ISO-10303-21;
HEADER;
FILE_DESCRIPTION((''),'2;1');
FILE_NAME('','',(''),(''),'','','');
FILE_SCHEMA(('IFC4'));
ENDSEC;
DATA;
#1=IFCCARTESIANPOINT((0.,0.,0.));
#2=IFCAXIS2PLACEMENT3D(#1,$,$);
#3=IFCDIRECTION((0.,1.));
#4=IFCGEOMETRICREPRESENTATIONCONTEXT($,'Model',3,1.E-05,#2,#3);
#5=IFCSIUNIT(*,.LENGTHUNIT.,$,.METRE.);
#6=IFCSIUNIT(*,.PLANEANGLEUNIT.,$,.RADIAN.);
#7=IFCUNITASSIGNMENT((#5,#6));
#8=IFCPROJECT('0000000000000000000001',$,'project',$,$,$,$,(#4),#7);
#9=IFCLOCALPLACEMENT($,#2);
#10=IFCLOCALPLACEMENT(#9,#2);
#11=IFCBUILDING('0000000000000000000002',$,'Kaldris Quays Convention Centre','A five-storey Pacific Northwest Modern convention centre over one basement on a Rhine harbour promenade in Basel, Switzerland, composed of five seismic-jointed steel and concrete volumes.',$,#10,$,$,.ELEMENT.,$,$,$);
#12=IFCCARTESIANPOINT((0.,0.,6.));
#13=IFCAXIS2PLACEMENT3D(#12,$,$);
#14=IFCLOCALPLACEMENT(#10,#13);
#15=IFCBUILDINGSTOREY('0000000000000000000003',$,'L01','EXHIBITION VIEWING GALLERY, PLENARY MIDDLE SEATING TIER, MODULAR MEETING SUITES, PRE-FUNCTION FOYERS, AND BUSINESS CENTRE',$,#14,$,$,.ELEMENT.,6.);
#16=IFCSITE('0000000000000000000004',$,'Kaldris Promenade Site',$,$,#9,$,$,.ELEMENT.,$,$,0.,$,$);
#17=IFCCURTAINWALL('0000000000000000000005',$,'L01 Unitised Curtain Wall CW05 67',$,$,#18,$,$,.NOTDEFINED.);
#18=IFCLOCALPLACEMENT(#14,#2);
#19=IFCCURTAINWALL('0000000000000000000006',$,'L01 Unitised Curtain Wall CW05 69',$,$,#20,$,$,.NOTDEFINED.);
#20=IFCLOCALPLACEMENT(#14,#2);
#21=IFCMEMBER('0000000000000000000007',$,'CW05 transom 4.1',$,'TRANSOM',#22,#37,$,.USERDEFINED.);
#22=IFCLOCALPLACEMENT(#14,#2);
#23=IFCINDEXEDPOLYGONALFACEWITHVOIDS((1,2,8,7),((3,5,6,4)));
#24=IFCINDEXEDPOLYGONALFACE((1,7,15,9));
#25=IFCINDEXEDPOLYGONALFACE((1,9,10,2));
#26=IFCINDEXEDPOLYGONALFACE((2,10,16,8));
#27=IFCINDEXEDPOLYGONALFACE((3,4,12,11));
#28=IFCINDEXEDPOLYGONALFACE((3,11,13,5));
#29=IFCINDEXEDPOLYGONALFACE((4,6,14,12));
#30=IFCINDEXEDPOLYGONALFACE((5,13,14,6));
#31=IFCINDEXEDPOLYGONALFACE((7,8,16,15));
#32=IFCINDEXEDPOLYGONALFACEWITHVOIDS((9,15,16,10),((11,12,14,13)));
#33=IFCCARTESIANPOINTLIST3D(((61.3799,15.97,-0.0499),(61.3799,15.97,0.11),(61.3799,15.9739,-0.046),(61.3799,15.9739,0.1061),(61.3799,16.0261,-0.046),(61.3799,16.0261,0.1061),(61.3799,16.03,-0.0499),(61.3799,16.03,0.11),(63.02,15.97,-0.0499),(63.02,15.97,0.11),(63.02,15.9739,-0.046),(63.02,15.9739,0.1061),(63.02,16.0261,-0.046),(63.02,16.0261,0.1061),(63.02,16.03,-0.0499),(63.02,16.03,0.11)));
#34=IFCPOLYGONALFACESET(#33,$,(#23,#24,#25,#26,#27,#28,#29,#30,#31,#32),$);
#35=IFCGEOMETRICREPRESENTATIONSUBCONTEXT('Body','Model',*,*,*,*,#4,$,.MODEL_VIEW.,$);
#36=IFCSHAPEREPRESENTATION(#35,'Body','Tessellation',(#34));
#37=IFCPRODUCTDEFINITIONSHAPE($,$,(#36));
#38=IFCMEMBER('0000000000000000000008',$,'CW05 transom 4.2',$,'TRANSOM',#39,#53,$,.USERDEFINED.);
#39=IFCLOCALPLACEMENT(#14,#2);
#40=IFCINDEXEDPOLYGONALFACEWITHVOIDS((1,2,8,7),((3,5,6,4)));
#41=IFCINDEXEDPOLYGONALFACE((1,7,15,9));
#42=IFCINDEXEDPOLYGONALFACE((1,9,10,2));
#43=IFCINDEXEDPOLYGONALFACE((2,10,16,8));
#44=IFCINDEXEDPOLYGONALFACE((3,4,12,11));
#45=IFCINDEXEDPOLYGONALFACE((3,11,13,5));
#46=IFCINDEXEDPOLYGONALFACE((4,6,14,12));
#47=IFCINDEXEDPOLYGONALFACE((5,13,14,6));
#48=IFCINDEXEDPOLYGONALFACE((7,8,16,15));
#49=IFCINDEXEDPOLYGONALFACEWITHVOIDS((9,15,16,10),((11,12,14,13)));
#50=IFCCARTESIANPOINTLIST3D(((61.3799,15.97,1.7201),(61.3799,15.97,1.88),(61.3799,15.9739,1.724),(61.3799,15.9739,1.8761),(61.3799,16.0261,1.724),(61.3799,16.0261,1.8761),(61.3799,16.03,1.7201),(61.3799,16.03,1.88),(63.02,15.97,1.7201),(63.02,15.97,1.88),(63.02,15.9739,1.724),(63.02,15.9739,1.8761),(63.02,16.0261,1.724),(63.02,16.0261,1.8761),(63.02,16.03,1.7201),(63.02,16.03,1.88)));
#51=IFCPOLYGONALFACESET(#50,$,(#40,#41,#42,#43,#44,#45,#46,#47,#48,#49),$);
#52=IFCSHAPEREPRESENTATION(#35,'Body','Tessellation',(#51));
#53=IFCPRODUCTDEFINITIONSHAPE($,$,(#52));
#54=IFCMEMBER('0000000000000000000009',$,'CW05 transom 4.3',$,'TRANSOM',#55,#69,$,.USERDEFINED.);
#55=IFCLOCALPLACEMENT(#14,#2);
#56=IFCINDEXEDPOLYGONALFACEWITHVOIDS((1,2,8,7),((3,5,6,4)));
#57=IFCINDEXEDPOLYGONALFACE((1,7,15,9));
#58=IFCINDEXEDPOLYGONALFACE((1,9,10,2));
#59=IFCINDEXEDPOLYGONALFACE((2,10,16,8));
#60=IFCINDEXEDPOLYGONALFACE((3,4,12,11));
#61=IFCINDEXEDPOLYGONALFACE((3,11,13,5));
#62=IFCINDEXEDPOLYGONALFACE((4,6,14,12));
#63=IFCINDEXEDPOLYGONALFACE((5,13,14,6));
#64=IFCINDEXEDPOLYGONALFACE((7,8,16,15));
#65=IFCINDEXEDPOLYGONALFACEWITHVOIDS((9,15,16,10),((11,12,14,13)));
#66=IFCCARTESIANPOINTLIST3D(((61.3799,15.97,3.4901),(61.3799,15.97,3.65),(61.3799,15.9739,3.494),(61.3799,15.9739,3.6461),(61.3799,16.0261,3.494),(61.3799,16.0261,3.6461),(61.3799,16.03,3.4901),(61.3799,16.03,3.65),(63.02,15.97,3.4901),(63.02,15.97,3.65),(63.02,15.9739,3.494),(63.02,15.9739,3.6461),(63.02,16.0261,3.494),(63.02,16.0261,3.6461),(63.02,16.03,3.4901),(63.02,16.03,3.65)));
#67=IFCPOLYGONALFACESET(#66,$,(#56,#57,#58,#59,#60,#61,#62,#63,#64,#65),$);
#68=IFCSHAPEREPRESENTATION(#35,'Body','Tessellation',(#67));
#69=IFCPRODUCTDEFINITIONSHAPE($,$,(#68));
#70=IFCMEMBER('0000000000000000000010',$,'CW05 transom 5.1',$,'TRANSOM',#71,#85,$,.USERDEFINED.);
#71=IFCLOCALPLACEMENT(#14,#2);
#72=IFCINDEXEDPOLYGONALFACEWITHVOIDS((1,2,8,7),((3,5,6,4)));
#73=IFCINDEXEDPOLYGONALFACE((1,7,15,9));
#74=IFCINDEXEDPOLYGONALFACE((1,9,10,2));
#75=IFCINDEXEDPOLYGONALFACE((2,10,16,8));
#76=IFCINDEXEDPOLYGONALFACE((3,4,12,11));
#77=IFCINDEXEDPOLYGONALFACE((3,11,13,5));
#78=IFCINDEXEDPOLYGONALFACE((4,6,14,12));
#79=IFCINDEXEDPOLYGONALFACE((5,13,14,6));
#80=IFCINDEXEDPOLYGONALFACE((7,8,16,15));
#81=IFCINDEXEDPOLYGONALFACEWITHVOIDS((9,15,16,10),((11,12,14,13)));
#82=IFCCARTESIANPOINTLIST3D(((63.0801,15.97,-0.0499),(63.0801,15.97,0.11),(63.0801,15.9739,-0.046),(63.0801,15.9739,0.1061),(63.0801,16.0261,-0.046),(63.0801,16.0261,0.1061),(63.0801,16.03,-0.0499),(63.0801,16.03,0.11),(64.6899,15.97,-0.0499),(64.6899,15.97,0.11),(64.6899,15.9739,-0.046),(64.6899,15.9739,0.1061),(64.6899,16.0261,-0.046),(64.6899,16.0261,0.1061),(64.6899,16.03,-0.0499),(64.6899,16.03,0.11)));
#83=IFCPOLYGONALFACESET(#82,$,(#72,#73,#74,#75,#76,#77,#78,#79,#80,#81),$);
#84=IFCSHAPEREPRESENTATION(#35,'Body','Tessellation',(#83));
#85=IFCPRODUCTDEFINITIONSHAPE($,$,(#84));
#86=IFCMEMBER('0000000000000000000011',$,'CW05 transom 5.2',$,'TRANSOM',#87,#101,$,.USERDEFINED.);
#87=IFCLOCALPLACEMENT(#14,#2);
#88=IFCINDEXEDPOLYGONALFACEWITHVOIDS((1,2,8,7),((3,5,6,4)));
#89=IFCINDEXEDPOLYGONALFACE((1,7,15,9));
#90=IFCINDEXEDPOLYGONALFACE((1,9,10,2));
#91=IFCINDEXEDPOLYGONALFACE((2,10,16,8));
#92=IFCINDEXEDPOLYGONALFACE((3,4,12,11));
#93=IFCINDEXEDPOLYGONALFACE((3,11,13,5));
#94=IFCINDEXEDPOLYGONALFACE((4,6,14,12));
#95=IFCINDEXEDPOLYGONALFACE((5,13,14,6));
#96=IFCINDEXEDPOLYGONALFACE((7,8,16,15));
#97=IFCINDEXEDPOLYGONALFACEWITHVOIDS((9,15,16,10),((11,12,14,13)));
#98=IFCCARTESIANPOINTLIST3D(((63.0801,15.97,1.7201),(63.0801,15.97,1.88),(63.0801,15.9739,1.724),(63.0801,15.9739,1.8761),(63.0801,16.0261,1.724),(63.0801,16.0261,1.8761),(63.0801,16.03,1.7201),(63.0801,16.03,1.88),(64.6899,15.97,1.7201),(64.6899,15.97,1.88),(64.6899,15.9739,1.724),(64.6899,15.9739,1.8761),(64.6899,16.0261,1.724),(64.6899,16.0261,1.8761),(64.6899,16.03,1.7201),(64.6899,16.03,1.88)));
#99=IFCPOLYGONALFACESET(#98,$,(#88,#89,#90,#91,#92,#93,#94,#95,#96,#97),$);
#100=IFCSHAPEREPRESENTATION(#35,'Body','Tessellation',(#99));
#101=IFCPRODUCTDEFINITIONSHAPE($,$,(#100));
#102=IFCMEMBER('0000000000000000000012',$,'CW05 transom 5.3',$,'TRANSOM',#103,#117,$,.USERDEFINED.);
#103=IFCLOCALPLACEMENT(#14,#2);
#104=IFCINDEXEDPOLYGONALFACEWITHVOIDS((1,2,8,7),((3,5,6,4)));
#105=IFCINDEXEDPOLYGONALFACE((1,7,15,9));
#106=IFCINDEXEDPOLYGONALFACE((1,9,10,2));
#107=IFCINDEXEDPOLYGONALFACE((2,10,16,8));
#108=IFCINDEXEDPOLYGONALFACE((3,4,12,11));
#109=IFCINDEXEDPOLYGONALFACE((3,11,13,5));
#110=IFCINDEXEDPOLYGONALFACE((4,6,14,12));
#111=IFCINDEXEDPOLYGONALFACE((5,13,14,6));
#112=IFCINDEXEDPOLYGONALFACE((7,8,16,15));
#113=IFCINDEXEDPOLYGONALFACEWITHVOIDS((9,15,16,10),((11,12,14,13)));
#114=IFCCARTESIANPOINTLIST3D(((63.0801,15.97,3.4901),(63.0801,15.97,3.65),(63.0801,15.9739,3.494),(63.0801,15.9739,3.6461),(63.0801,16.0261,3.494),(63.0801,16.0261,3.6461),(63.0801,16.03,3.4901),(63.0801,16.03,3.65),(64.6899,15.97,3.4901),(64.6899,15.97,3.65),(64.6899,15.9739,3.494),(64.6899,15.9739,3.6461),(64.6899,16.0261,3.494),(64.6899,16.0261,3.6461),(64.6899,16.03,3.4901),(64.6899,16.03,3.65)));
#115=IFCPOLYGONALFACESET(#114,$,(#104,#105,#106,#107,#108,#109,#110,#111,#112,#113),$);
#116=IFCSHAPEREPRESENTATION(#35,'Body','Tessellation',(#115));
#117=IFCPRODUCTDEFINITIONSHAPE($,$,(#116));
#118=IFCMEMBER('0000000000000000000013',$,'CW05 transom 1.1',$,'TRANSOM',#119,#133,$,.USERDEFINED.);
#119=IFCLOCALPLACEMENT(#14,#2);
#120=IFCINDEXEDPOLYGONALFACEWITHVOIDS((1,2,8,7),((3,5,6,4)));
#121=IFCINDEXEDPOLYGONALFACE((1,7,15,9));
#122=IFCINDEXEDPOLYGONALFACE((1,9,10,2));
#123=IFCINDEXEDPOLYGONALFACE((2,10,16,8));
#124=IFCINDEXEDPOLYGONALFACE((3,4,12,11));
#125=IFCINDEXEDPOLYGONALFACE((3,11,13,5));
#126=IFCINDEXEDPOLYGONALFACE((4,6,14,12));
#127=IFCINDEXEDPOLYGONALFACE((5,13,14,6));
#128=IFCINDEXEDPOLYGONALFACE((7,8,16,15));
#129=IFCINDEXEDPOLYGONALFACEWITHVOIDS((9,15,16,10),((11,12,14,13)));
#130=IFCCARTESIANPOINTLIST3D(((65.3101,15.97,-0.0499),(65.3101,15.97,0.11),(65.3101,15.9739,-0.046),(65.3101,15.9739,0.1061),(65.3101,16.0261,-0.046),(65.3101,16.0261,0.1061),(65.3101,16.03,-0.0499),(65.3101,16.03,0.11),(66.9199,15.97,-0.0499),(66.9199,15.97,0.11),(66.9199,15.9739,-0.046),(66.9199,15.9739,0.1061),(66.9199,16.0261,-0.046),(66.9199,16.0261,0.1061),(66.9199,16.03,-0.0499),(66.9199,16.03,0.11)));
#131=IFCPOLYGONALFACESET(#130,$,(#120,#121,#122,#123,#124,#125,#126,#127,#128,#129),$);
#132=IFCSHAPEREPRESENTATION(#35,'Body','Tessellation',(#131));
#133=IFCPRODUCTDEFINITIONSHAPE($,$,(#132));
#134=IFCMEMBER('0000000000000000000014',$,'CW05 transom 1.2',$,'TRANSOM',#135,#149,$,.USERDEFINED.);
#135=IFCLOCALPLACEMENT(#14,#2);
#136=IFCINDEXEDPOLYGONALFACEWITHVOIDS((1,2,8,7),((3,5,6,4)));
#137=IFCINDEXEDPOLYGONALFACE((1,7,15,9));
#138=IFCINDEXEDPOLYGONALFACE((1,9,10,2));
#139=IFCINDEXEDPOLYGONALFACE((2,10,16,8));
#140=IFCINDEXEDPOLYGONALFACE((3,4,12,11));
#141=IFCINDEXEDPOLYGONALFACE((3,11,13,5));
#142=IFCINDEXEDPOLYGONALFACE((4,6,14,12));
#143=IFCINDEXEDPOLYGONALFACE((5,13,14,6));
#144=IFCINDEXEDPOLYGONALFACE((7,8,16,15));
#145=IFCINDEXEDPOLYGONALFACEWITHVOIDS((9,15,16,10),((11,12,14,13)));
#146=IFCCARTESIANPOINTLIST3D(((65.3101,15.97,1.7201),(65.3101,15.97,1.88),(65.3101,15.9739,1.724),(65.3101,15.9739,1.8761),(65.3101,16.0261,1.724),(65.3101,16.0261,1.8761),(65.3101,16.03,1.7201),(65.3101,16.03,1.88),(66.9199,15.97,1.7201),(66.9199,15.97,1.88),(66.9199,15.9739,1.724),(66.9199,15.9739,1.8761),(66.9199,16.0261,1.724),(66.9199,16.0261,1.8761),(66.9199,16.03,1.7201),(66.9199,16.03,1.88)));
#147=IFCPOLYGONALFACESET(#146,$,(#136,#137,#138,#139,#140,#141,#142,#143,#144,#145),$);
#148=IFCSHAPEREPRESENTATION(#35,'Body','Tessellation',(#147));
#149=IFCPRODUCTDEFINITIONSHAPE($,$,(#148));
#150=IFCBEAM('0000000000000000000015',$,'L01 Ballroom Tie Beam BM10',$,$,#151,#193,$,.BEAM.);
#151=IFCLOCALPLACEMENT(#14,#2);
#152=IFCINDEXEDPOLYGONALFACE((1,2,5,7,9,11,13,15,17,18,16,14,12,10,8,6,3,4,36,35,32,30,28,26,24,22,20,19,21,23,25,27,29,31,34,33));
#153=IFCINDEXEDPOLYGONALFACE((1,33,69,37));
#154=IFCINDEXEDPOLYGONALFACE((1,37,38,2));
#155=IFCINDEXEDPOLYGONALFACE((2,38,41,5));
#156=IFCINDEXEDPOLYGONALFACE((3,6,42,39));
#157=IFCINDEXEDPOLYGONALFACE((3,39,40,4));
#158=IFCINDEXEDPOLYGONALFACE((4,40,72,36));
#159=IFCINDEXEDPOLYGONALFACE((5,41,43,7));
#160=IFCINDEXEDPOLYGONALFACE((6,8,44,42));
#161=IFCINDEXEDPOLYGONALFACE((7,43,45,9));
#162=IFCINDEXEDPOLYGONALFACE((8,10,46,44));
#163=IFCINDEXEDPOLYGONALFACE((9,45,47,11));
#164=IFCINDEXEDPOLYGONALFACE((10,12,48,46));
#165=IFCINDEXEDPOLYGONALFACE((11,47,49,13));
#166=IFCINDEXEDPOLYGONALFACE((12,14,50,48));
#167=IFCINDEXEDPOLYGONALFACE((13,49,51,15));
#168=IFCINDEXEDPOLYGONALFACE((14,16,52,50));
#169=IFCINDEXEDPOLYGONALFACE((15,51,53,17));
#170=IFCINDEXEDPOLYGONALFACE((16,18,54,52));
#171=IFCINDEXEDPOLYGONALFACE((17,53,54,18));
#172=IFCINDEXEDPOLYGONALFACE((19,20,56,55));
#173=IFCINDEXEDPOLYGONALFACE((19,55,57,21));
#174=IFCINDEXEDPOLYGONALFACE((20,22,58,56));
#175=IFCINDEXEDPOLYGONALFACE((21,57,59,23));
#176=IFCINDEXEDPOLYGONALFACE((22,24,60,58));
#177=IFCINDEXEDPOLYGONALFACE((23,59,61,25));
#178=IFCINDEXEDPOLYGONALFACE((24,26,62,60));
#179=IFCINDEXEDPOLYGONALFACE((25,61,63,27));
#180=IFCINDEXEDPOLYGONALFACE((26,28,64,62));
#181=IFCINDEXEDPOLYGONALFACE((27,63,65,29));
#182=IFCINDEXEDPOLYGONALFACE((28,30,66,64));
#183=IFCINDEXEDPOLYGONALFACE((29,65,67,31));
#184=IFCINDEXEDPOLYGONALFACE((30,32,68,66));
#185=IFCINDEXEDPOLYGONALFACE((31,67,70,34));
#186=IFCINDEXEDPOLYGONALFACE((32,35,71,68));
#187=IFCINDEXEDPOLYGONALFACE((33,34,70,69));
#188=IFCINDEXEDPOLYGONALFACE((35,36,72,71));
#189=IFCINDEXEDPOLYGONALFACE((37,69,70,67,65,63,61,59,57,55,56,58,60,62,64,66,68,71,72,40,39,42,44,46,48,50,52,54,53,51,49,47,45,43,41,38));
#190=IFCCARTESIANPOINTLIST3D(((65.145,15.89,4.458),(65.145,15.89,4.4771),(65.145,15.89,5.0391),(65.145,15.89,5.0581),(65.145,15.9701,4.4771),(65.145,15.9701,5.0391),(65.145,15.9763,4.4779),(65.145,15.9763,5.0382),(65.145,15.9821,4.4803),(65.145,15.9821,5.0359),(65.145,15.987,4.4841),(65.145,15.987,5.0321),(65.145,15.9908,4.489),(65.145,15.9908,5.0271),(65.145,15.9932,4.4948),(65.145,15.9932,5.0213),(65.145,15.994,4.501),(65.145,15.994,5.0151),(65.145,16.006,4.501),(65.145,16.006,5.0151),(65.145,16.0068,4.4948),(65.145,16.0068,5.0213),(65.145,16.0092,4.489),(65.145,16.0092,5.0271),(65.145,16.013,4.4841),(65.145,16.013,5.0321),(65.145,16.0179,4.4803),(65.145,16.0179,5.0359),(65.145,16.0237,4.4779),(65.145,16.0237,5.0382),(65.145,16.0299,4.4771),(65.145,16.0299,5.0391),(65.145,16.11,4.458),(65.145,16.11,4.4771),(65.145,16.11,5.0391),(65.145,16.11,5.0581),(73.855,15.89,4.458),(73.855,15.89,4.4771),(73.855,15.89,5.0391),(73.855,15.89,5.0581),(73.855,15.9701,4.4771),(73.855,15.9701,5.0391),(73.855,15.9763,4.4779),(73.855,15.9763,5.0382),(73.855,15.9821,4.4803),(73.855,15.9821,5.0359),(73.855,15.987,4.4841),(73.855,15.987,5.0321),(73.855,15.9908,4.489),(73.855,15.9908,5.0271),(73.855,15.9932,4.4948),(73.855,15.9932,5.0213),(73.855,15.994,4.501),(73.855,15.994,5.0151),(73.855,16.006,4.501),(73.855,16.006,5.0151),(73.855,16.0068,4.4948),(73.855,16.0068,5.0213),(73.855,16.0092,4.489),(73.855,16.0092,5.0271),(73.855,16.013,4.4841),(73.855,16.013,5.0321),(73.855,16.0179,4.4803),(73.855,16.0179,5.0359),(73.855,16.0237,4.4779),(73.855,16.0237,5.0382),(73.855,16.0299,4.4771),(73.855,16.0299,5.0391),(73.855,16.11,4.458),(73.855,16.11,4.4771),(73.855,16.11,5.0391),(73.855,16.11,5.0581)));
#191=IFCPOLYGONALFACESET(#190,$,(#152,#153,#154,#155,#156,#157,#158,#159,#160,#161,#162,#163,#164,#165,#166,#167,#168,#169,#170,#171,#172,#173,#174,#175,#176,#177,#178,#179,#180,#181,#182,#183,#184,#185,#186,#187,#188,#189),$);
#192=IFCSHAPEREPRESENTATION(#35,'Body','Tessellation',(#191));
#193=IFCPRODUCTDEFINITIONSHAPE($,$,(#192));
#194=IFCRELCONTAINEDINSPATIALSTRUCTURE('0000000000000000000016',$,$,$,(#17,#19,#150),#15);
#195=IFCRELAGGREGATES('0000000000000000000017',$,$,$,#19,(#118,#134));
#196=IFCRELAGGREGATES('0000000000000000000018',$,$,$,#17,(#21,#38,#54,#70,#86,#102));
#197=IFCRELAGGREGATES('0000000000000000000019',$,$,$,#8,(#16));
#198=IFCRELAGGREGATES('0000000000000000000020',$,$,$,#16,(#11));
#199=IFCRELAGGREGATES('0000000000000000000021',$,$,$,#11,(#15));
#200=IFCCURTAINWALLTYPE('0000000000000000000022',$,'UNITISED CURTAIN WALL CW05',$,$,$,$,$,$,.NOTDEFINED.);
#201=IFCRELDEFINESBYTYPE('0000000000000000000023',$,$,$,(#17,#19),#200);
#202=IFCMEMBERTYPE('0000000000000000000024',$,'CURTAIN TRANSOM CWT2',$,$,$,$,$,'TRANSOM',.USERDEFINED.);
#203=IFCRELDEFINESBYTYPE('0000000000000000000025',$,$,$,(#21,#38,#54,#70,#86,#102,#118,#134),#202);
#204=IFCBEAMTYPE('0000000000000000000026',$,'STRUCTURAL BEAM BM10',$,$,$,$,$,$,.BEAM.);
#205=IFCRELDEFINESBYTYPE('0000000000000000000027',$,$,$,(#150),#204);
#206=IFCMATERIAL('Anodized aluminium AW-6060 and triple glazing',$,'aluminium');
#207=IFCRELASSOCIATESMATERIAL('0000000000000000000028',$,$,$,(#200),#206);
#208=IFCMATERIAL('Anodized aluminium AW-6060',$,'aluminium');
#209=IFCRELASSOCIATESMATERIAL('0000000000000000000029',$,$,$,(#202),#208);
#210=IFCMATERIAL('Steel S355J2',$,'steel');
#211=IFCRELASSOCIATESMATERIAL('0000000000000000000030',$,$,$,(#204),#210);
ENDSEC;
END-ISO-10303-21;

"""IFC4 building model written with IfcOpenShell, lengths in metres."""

from ifc_helpers import new_model, si_unit, direction, frame, origin, origin_2d, place, context, subcontext, project, spatial, hollow_rectangle, i_section, extrude, material, material_profile, profile_set, type_object, element, aggregate, save


model = new_model("IFC4")

# Units and contexts
model_context = context("Model", 3, precision=1e-05, world=origin(), true_north=direction((0.0, 1.0)))
body_context = subcontext(model_context, "Body", "Model", "MODEL_VIEW")
ifc_project = project(units=[si_unit("LENGTHUNIT", "METRE"), si_unit("PLANEANGLEUNIT", "RADIAN")], contexts=[model_context])

# Site, building, storey
site_placement = place(None, origin())
site = spatial("IfcSite", under=ifc_project, at=site_placement, Name="Kaldris Promenade Site", CompositionType="ELEMENT", RefElevation=0.0)
building_placement = place(site_placement, origin())
building = spatial("IfcBuilding", under=site, at=building_placement, Name="Kaldris Quays Convention Centre", Description="A five-storey Pacific Northwest Modern convention centre over one basement on a Rhine harbour promenade in Basel, Switzerland, composed of five seismic-jointed steel and concrete volumes.", CompositionType="ELEMENT")
storey_placement = place(building_placement, frame((0.0, 0.0, 6.0)))
storey = spatial("IfcBuildingStorey", under=building, at=storey_placement, Name="L01", Description="EXHIBITION VIEWING GALLERY, PLENARY MIDDLE SEATING TIER, MODULAR MEETING SUITES, PRE-FUNCTION FOYERS, AND BUSINESS CENTRE", CompositionType="ELEMENT", Elevation=6.0)

# Curtain wall
ifc_material_1 = material(Name="Anodized aluminium AW-6060 and triple glazing", Category="aluminium")
curtain_wall_type = type_object("IfcCurtainWallType", Name="UNITISED CURTAIN WALL CW05", PredefinedType="NOTDEFINED", material=ifc_material_1)
curtain_wall_1_placement = place(storey_placement, origin())
curtain_wall_1 = element("IfcCurtainWall", 1, at=curtain_wall_1_placement, inside=storey, type_object=curtain_wall_type, Name="L01 Unitised Curtain Wall CW05 67", PredefinedType="NOTDEFINED")
ifc_material_2 = material(Name="Anodized aluminium AW-6060", Category="aluminium")

# Curtain wall
curtain_wall_2_placement = place(storey_placement, origin())
curtain_wall_2 = element("IfcCurtainWall", 2, at=curtain_wall_2_placement, inside=storey, type_object=curtain_wall_type, Name="L01 Unitised Curtain Wall CW05 69", PredefinedType="NOTDEFINED")

# Members
ifc_material_profile_1 = material_profile(ifc_material_2, hollow_rectangle(XDim=0.0601, YDim=0.1599, WallThickness=0.0039, at=origin_2d()), Name="RHS 160x60x4")
ifc_profile_set_1 = profile_set([ifc_material_profile_1], Name="Anodized aluminium AW-6060")
member_type_1 = type_object("IfcMemberType", Name="CURTAIN TRANSOM CWT2", ElementType="TRANSOM", PredefinedType="USERDEFINED", material=ifc_profile_set_1)
member_1_placement = place(storey_placement, frame((61.3799, 16.0, 0.03), z_axis=(1.0, 0.0, 0.0), x_axis=(0.0, 1.0, 0.0)))
member_1 = element("IfcMember", 3, at=member_1_placement, type_object=member_type_1, Name="CW05 transom 4.1", ObjectType="TRANSOM", PredefinedType="USERDEFINED", context=body_context, shape_type="SweptSolid", body=[
    extrude(hollow_rectangle(XDim=0.0601, YDim=0.1599, WallThickness=0.0039, at=origin_2d()), origin(), (0.0, 0.0, 1.0), 1.6401),
])
member_2_placement = place(storey_placement, frame((61.3799, 16.0, 1.8), z_axis=(1.0, 0.0, 0.0), x_axis=(0.0, 1.0, 0.0)))
member_2 = element("IfcMember", 4, at=member_2_placement, type_object=member_type_1, Name="CW05 transom 4.2", ObjectType="TRANSOM", PredefinedType="USERDEFINED", context=body_context, shape_type="SweptSolid", body=[
    extrude(hollow_rectangle(XDim=0.0601, YDim=0.1599, WallThickness=0.0039, at=origin_2d()), origin(), (0.0, 0.0, 1.0), 1.6401),
])
member_3_placement = place(storey_placement, frame((61.3799, 16.0, 3.5701), z_axis=(1.0, 0.0, 0.0), x_axis=(0.0, 1.0, 0.0)))
member_3 = element("IfcMember", 5, at=member_3_placement, type_object=member_type_1, Name="CW05 transom 4.3", ObjectType="TRANSOM", PredefinedType="USERDEFINED", context=body_context, shape_type="SweptSolid", body=[
    extrude(hollow_rectangle(XDim=0.0601, YDim=0.1599, WallThickness=0.0039, at=origin_2d()), origin(), (0.0, 0.0, 1.0), 1.6401),
])
member_4_placement = place(storey_placement, frame((63.0801, 16.0, 0.03), z_axis=(1.0, 0.0, 0.0), x_axis=(0.0, 1.0, 0.0)))
member_4 = element("IfcMember", 6, at=member_4_placement, type_object=member_type_1, Name="CW05 transom 5.1", ObjectType="TRANSOM", PredefinedType="USERDEFINED", context=body_context, shape_type="SweptSolid", body=[
    extrude(hollow_rectangle(XDim=0.0601, YDim=0.1599, WallThickness=0.0039, at=origin_2d()), origin(), (0.0, 0.0, 1.0), 1.6099),
])
member_5_placement = place(storey_placement, frame((63.0801, 16.0, 1.8), z_axis=(1.0, 0.0, 0.0), x_axis=(0.0, 1.0, 0.0)))
member_5 = element("IfcMember", 7, at=member_5_placement, type_object=member_type_1, Name="CW05 transom 5.2", ObjectType="TRANSOM", PredefinedType="USERDEFINED", context=body_context, shape_type="SweptSolid", body=[
    extrude(hollow_rectangle(XDim=0.0601, YDim=0.1599, WallThickness=0.0039, at=origin_2d()), origin(), (0.0, 0.0, 1.0), 1.6099),
])
member_6_placement = place(storey_placement, frame((63.0801, 16.0, 3.5701), z_axis=(1.0, 0.0, 0.0), x_axis=(0.0, 1.0, 0.0)))
member_6 = element("IfcMember", 8, at=member_6_placement, type_object=member_type_1, Name="CW05 transom 5.3", ObjectType="TRANSOM", PredefinedType="USERDEFINED", context=body_context, shape_type="SweptSolid", body=[
    extrude(hollow_rectangle(XDim=0.0601, YDim=0.1599, WallThickness=0.0039, at=origin_2d()), origin(), (0.0, 0.0, 1.0), 1.6099),
])
member_7_placement = place(storey_placement, frame((65.3101, 16.0, 0.03), z_axis=(1.0, 0.0, 0.0), x_axis=(0.0, 1.0, 0.0)))
member_7 = element("IfcMember", 9, at=member_7_placement, type_object=member_type_1, Name="CW05 transom 1.1", ObjectType="TRANSOM", PredefinedType="USERDEFINED", context=body_context, shape_type="SweptSolid", body=[
    extrude(hollow_rectangle(XDim=0.0601, YDim=0.1599, WallThickness=0.0039, at=origin_2d()), origin(), (0.0, 0.0, 1.0), 1.6099),
])
member_8_placement = place(storey_placement, frame((65.3101, 16.0, 1.8), z_axis=(1.0, 0.0, 0.0), x_axis=(0.0, 1.0, 0.0)))
member_8 = element("IfcMember", 10, at=member_8_placement, type_object=member_type_1, Name="CW05 transom 1.2", ObjectType="TRANSOM", PredefinedType="USERDEFINED", context=body_context, shape_type="SweptSolid", body=[
    extrude(hollow_rectangle(XDim=0.0601, YDim=0.1599, WallThickness=0.0039, at=origin_2d()), origin(), (0.0, 0.0, 1.0), 1.6099),
])
aggregate(curtain_wall_2, [member_7, member_8])

# Beam
ifc_material_3 = material(Name="Steel S355J2", Category="steel")
ifc_material_profile_2 = material_profile(ifc_material_3, i_section(OverallWidth=0.22, OverallDepth=0.6001, WebThickness=0.012, FlangeThickness=0.019, FilletRadius=0.0239, at=origin_2d()), Name="IPE 600")
ifc_profile_set_2 = profile_set([ifc_material_profile_2], Name="Steel S355J2")
beam_type = type_object("IfcBeamType", Name="STRUCTURAL BEAM BM10", PredefinedType="BEAM", material=ifc_profile_set_2)
beam_placement = place(storey_placement, frame((65.145, 16.0, 4.7581), z_axis=(1.0, 0.0, 0.0), x_axis=(0.0, 1.0, 0.0)))
element("IfcBeam", 11, at=beam_placement, inside=storey, type_object=beam_type, Name="L01 Ballroom Tie Beam BM10", PredefinedType="BEAM", context=body_context, shape_type="SweptSolid", body=[
    extrude(i_section(OverallWidth=0.22, OverallDepth=0.6001, WebThickness=0.012, FlangeThickness=0.019, FilletRadius=0.0239, at=origin_2d()), origin(), (0.0, 0.0, 1.0), 8.71),
])

aggregate(curtain_wall_1, [member_1, member_2, member_3, member_4, member_5, member_6])

save(model, "model.ifc")
